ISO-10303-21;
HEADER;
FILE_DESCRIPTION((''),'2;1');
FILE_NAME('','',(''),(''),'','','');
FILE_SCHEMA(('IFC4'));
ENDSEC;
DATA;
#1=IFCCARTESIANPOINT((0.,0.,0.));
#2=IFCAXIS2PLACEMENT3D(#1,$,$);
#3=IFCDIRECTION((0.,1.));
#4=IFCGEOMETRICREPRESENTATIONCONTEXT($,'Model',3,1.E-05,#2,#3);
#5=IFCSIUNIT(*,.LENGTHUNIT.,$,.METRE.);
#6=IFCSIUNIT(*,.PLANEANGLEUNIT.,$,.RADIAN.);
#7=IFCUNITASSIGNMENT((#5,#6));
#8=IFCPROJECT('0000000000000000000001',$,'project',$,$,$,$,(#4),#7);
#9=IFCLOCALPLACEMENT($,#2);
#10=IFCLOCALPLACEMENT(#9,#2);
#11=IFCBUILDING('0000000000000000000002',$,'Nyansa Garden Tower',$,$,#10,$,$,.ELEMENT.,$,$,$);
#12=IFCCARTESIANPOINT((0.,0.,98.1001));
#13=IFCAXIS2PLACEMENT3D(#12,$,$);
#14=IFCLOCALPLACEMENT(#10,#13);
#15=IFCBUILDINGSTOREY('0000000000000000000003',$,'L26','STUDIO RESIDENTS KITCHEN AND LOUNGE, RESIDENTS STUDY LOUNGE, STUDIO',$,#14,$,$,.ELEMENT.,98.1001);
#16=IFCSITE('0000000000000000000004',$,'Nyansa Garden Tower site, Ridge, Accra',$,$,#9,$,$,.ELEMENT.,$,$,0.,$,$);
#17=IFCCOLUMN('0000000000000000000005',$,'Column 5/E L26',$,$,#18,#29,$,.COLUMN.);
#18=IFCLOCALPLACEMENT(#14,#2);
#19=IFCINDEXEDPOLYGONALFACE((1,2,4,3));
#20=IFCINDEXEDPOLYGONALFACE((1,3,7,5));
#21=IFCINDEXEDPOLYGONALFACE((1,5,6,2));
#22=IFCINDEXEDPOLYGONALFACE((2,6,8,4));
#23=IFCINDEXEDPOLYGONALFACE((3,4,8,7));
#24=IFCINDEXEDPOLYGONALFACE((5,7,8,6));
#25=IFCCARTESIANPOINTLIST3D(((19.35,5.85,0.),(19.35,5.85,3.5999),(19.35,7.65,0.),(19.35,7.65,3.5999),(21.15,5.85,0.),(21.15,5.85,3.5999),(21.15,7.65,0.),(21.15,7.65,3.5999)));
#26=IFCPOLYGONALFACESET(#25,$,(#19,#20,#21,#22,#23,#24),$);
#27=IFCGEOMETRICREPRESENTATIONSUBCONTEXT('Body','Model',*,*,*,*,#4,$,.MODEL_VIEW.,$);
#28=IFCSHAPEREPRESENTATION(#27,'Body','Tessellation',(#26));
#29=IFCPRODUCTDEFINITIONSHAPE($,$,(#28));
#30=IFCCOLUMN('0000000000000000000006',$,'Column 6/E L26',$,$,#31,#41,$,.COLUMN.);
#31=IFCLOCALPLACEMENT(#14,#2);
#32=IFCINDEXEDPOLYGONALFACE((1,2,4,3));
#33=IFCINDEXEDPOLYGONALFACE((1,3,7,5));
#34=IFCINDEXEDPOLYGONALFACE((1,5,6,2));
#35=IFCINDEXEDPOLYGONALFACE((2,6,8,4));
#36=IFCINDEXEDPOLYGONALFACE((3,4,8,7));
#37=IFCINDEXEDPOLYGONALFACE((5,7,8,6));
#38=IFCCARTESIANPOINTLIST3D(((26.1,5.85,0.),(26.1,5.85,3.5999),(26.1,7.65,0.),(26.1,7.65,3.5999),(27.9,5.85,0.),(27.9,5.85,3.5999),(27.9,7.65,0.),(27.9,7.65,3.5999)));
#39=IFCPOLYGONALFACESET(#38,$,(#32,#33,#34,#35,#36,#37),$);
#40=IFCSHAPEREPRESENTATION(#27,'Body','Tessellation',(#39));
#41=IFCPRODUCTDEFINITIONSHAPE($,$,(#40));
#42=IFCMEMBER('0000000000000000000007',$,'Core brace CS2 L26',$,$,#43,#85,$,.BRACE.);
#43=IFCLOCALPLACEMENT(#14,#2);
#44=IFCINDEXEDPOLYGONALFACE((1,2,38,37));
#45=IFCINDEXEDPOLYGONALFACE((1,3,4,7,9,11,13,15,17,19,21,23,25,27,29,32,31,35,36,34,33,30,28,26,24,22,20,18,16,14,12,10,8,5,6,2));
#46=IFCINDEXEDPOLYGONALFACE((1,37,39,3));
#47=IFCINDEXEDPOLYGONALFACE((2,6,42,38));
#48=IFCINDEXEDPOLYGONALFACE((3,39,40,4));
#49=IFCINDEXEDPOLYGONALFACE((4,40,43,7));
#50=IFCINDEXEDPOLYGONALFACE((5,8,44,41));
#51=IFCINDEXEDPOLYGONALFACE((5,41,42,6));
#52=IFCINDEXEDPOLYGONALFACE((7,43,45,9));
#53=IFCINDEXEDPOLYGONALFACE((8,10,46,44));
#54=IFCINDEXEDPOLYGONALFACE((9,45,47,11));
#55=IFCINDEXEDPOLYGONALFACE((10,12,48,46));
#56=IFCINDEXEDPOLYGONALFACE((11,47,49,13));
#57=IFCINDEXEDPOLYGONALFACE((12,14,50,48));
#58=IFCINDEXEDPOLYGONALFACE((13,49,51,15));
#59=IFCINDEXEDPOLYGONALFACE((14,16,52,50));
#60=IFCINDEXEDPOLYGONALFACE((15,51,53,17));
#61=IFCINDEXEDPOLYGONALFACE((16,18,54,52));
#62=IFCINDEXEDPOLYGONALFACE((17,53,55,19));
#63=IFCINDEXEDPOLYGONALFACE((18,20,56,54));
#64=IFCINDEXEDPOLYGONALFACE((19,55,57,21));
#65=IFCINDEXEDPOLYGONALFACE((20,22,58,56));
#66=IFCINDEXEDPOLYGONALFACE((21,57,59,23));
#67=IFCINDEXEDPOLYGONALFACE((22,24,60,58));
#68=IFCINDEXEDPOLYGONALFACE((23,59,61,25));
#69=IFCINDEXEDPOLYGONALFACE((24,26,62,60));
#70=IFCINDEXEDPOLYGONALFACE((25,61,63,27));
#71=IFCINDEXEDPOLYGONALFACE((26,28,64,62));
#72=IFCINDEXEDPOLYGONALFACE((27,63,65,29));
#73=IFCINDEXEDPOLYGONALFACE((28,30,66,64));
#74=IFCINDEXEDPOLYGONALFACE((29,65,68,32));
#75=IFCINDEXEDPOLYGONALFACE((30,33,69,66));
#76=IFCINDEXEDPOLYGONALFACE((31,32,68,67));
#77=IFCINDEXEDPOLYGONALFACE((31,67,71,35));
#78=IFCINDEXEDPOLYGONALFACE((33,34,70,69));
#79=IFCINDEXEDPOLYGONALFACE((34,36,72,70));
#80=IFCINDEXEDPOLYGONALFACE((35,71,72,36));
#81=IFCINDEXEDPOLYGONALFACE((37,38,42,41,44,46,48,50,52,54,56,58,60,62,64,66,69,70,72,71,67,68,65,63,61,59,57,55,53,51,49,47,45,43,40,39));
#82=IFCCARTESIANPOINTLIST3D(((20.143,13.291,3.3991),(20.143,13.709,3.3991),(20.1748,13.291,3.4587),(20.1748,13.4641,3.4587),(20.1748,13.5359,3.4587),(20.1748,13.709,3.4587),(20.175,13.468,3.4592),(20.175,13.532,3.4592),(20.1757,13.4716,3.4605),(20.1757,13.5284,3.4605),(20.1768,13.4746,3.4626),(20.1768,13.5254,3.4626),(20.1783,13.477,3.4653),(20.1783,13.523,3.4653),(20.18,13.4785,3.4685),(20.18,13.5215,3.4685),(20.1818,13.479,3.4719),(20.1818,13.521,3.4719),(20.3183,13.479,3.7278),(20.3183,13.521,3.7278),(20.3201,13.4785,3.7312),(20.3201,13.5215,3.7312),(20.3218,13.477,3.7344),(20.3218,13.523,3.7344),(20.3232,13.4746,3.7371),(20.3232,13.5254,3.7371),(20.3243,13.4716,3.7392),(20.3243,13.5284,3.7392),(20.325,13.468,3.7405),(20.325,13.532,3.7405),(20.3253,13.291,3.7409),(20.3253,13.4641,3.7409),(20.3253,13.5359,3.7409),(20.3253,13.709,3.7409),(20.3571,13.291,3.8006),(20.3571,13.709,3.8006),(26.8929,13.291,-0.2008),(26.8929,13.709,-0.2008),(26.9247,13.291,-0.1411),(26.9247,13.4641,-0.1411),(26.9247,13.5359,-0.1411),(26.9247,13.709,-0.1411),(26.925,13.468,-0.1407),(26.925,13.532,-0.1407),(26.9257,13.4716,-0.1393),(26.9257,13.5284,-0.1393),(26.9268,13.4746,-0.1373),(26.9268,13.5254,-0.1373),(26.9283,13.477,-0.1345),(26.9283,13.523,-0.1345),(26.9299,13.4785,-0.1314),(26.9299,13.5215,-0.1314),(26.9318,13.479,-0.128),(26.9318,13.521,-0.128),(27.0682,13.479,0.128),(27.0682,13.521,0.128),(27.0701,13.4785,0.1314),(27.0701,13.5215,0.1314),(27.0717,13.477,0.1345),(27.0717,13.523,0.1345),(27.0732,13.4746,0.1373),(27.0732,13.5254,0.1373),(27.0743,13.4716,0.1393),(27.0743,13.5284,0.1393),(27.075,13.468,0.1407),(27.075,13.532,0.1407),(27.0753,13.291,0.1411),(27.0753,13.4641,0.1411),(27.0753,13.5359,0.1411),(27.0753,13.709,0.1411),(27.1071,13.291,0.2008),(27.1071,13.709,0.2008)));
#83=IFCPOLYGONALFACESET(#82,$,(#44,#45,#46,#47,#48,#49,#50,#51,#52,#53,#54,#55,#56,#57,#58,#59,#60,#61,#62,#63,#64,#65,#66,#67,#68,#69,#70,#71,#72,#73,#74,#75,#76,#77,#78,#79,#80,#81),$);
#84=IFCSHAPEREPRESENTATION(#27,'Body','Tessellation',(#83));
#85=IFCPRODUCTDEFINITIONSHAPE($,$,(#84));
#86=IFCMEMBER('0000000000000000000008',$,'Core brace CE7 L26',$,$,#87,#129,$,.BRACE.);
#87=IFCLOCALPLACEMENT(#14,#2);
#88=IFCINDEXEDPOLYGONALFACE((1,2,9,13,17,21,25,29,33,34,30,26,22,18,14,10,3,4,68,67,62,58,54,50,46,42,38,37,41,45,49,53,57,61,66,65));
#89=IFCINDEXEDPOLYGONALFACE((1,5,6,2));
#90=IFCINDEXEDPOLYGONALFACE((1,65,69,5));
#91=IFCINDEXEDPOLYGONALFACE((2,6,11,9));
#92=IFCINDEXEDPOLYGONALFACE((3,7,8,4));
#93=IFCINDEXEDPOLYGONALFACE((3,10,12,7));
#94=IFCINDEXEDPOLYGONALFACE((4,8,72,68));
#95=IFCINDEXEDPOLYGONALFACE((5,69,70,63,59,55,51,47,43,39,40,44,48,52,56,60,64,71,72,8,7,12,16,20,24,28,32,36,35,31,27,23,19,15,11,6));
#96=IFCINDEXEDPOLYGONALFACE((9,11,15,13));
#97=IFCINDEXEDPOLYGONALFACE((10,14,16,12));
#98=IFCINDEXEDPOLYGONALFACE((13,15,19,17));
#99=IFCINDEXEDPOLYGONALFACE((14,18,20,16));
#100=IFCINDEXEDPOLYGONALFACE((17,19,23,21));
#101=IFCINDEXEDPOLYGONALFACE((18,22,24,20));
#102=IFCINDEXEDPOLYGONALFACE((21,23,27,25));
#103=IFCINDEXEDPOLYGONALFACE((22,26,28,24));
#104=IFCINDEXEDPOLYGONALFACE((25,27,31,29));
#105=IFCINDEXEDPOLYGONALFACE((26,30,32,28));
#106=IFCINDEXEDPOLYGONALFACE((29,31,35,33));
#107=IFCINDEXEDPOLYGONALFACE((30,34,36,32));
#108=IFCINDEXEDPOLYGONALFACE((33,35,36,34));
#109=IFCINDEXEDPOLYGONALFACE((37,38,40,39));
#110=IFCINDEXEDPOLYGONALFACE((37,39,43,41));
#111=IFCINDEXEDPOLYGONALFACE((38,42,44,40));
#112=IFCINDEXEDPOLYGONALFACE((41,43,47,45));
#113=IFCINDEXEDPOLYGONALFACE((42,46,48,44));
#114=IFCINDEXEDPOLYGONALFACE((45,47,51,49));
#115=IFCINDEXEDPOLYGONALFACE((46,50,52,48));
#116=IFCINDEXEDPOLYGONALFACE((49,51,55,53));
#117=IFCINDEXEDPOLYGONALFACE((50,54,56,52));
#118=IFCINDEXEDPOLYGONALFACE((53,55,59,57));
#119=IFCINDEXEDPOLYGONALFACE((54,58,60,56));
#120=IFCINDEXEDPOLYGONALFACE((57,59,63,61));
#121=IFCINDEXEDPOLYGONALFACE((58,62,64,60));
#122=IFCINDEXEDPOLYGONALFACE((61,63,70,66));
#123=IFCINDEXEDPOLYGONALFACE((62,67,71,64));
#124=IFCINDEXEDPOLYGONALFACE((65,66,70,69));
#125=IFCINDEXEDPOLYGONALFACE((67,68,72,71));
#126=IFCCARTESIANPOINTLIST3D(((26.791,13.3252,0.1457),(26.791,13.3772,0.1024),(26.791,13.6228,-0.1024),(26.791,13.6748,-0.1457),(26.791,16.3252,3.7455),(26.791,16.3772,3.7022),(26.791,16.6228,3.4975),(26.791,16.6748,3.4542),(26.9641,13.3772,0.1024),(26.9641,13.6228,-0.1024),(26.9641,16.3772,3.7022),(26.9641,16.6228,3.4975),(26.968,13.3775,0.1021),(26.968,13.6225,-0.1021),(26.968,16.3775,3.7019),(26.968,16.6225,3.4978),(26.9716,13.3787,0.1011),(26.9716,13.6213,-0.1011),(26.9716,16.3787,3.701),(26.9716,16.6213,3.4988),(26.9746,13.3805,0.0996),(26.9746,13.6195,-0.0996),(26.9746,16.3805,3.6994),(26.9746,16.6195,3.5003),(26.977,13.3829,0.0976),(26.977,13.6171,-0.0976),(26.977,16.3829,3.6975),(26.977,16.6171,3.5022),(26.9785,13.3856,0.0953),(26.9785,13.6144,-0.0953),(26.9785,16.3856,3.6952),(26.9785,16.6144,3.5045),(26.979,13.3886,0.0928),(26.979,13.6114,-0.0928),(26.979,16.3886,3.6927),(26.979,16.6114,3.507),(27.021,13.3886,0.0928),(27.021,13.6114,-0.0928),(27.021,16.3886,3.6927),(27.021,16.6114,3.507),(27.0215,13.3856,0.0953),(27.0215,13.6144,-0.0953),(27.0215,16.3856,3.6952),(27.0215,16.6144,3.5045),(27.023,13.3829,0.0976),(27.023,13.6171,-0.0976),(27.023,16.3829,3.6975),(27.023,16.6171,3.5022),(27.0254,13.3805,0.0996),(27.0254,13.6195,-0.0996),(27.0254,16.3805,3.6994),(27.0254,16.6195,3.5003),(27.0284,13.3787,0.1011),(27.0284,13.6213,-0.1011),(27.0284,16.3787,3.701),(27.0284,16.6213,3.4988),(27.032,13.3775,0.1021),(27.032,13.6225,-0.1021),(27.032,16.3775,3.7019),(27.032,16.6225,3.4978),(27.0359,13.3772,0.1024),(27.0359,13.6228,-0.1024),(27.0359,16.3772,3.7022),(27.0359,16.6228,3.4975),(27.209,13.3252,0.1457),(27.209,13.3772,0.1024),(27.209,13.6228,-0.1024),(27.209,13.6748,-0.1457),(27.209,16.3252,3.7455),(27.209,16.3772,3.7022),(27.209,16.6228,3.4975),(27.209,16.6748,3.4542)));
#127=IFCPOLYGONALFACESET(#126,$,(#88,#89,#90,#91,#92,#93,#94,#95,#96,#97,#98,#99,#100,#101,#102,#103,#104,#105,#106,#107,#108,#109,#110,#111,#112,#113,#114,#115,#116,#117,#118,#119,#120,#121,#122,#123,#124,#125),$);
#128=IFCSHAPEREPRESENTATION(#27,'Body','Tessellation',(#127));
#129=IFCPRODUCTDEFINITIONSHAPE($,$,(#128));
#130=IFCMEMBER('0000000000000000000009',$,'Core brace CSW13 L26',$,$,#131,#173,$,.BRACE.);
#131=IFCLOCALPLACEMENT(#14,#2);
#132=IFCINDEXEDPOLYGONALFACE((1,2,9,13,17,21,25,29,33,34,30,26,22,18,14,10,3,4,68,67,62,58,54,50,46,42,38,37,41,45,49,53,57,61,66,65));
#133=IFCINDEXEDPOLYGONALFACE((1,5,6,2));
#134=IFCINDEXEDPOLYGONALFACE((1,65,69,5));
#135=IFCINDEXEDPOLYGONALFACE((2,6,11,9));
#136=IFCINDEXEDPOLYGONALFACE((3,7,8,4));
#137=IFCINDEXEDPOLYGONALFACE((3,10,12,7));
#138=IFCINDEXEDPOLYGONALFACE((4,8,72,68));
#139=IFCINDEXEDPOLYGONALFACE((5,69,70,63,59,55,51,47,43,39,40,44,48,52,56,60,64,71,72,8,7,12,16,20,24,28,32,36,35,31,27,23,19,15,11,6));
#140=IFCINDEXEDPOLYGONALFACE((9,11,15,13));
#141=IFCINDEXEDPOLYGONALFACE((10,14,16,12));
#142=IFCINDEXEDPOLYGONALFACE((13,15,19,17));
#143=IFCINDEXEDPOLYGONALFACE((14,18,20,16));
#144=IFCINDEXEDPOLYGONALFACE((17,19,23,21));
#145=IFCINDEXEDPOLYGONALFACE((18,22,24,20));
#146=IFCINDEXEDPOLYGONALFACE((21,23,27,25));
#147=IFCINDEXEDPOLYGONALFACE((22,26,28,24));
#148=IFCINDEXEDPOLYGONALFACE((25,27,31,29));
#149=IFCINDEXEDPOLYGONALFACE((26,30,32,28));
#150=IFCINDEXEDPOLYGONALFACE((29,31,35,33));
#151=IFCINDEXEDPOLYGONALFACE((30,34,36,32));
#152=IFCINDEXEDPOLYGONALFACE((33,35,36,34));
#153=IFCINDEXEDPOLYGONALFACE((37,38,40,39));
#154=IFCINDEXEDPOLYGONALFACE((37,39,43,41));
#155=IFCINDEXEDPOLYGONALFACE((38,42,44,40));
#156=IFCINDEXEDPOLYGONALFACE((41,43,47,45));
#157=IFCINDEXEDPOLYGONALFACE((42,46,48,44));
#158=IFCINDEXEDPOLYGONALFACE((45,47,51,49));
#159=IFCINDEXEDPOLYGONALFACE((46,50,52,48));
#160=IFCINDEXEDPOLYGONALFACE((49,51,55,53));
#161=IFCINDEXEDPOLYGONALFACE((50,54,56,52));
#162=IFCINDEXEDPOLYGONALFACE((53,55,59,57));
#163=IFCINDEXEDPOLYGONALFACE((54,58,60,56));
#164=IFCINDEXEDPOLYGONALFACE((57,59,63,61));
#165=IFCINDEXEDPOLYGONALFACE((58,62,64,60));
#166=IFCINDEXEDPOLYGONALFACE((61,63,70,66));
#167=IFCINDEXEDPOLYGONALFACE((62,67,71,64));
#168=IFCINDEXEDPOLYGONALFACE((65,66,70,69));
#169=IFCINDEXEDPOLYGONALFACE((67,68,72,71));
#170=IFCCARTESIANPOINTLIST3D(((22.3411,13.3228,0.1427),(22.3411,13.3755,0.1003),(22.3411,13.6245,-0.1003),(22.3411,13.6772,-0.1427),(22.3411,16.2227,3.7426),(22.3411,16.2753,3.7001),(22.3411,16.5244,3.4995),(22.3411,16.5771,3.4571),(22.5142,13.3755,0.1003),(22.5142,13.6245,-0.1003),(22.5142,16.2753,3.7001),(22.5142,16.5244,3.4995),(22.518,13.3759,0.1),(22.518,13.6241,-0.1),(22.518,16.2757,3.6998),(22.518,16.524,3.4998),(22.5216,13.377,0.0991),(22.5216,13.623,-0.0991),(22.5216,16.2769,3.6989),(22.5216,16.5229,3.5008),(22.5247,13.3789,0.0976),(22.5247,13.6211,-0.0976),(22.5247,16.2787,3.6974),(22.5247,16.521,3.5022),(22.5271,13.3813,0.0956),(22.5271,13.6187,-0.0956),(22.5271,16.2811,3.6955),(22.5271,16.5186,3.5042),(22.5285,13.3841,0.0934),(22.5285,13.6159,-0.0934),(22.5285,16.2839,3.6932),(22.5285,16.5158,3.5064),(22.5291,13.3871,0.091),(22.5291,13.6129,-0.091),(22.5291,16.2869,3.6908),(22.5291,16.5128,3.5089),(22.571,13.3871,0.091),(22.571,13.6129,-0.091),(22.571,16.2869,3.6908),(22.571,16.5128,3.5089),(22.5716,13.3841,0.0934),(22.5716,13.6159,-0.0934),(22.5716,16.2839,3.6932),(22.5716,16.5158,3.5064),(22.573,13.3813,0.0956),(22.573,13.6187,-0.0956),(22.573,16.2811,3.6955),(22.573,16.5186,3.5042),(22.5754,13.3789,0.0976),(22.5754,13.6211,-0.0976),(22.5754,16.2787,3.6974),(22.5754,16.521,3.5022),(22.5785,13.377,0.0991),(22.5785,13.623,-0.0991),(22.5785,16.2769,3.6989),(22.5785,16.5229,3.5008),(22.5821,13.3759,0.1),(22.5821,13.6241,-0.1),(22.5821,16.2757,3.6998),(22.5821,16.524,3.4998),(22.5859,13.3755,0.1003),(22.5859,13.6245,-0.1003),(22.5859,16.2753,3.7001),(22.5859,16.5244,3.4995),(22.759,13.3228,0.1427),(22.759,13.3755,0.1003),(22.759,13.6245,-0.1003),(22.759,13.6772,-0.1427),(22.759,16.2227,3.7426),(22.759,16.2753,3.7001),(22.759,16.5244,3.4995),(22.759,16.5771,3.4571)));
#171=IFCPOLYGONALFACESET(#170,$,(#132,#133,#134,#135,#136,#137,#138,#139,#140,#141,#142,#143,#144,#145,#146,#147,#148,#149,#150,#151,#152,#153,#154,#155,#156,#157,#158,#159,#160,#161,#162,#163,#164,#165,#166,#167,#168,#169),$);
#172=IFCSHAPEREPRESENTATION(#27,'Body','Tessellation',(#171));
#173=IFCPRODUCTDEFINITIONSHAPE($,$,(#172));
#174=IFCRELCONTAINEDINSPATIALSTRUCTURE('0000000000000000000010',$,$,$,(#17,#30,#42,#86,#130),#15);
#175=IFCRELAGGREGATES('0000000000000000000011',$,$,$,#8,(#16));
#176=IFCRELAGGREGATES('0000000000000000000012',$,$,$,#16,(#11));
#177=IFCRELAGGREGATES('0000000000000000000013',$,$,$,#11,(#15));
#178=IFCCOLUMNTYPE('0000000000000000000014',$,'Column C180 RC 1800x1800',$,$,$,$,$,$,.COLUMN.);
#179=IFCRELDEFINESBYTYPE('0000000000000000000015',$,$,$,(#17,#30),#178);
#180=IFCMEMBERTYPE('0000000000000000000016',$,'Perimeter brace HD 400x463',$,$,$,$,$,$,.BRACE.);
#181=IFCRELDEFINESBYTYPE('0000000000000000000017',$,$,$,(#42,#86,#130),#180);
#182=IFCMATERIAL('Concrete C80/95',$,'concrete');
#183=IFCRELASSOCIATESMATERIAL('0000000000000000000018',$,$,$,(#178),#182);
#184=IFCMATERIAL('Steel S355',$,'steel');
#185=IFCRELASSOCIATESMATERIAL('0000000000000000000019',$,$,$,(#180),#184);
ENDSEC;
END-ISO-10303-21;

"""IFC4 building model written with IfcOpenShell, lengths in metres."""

from ifc_helpers import new_model, si_unit, direction, frame, origin, origin_2d, place, context, subcontext, project, spatial, rectangle, i_section, extrude, material, material_profile, profile_set, type_object, element, save


model = new_model("IFC4")

# Units and contexts
model_context = context("Model", 3, precision=1e-05, world=origin(), true_north=direction((0.0, 1.0)))
body_context = subcontext(model_context, "Body", "Model", "MODEL_VIEW")
ifc_project = project(units=[si_unit("LENGTHUNIT", "METRE"), si_unit("PLANEANGLEUNIT", "RADIAN")], contexts=[model_context])

# Site, building, storey
site_placement = place(None, origin())
site = spatial("IfcSite", under=ifc_project, at=site_placement, Name="Nyansa Garden Tower site, Ridge, Accra", CompositionType="ELEMENT", RefElevation=0.0)
building_placement = place(site_placement, origin())
building = spatial("IfcBuilding", under=site, at=building_placement, Name="Nyansa Garden Tower", CompositionType="ELEMENT")
storey_placement = place(building_placement, frame((0.0, 0.0, 98.1001)))
storey = spatial("IfcBuildingStorey", under=building, at=storey_placement, Name="L26", Description="STUDIO RESIDENTS KITCHEN AND LOUNGE, RESIDENTS STUDY LOUNGE, STUDIO", CompositionType="ELEMENT", Elevation=98.1001)

# Columns
ifc_material_1 = material(Name="Concrete C80/95", Category="concrete")
ifc_material_profile_1 = material_profile(ifc_material_1, rectangle(XDim=1.8, YDim=1.8, at=origin_2d()), Name="RC 1800x1800")
ifc_profile_set_1 = profile_set([ifc_material_profile_1], Name="Concrete C80/95")
column_type = type_object("IfcColumnType", Name="Column C180 RC 1800x1800", PredefinedType="COLUMN", material=ifc_profile_set_1)
for number, where, z_axis, x_axis, name in (
    (1, (20.25, 6.75, 0.0), (0.0, 0.0, 1.0), (1.0, 0.0, 0.0), "Column 5/E L26"),
    (2, (27.0, 6.75, 0.0), (0.0, 0.0, 1.0), (1.0, 0.0, 0.0), "Column 6/E L26"),
):
    element("IfcColumn", number, at=place(storey_placement, frame(where, z_axis=z_axis, x_axis=x_axis)), inside=storey, type_object=column_type, Name=name, PredefinedType="COLUMN", context=body_context, shape_type="SweptSolid", body=[
        extrude(rectangle(XDim=1.8, YDim=1.8, at=origin_2d()), origin(), (0.0, 0.0, 1.0), 3.5999),
    ])

# Members
ifc_material_2 = material(Name="Steel S355", Category="steel")
ifc_material_profile_2 = material_profile(ifc_material_2, i_section(OverallWidth=0.418, OverallDepth=0.4551, WebThickness=0.042, FlangeThickness=0.0676, FilletRadius=0.0149, at=origin_2d()), Name="HD 400x463")
ifc_profile_set_2 = profile_set([ifc_material_profile_2], Name="Steel S355")
member_type = type_object("IfcMemberType", Name="Perimeter brace HD 400x463", PredefinedType="BRACE", material=ifc_profile_set_2)
member_1_placement = place(storey_placement, frame((27.0, 13.5, 0.0), z_axis=(-0.882361, 0.0, 0.470573), x_axis=(0.0, -1.0, 0.0)))
element("IfcMember", 3, at=member_1_placement, inside=storey, type_object=member_type, Name="Core brace CS2 L26", PredefinedType="BRACE", context=body_context, shape_type="SweptSolid", body=[
    extrude(i_section(OverallWidth=0.418, OverallDepth=0.4551, WebThickness=0.042, FlangeThickness=0.0676, FilletRadius=0.0149, at=origin_2d()), origin(), (0.0, 0.0, 1.0), 7.6499),
])
member_2_placement = place(storey_placement, frame((27.0, 13.5, 0.0), z_axis=(0.0, 0.6402, 0.768208), x_axis=(-1.0, 0.0, 0.0)))
element("IfcMember", 4, at=member_2_placement, inside=storey, type_object=member_type, Name="Core brace CE7 L26", PredefinedType="BRACE", context=body_context, shape_type="SweptSolid", body=[
    extrude(i_section(OverallWidth=0.418, OverallDepth=0.4551, WebThickness=0.042, FlangeThickness=0.0676, FilletRadius=0.0149, at=origin_2d()), origin(), (0.0, 0.0, 1.0), 4.686),
])
member_3_placement = place(storey_placement, frame((22.55, 13.5, 0.0), z_axis=(0.0, 0.627332, 0.778752), x_axis=(-1.0, 0.0, 0.0)))
element("IfcMember", 5, at=member_3_placement, inside=storey, type_object=member_type, Name="Core brace CSW13 L26", PredefinedType="BRACE", context=body_context, shape_type="SweptSolid", body=[
    extrude(i_section(OverallWidth=0.418, OverallDepth=0.4551, WebThickness=0.042, FlangeThickness=0.0676, FilletRadius=0.0149, at=origin_2d()), origin(), (0.0, 0.0, 1.0), 4.6226),
])

save(model, "model.ifc")
